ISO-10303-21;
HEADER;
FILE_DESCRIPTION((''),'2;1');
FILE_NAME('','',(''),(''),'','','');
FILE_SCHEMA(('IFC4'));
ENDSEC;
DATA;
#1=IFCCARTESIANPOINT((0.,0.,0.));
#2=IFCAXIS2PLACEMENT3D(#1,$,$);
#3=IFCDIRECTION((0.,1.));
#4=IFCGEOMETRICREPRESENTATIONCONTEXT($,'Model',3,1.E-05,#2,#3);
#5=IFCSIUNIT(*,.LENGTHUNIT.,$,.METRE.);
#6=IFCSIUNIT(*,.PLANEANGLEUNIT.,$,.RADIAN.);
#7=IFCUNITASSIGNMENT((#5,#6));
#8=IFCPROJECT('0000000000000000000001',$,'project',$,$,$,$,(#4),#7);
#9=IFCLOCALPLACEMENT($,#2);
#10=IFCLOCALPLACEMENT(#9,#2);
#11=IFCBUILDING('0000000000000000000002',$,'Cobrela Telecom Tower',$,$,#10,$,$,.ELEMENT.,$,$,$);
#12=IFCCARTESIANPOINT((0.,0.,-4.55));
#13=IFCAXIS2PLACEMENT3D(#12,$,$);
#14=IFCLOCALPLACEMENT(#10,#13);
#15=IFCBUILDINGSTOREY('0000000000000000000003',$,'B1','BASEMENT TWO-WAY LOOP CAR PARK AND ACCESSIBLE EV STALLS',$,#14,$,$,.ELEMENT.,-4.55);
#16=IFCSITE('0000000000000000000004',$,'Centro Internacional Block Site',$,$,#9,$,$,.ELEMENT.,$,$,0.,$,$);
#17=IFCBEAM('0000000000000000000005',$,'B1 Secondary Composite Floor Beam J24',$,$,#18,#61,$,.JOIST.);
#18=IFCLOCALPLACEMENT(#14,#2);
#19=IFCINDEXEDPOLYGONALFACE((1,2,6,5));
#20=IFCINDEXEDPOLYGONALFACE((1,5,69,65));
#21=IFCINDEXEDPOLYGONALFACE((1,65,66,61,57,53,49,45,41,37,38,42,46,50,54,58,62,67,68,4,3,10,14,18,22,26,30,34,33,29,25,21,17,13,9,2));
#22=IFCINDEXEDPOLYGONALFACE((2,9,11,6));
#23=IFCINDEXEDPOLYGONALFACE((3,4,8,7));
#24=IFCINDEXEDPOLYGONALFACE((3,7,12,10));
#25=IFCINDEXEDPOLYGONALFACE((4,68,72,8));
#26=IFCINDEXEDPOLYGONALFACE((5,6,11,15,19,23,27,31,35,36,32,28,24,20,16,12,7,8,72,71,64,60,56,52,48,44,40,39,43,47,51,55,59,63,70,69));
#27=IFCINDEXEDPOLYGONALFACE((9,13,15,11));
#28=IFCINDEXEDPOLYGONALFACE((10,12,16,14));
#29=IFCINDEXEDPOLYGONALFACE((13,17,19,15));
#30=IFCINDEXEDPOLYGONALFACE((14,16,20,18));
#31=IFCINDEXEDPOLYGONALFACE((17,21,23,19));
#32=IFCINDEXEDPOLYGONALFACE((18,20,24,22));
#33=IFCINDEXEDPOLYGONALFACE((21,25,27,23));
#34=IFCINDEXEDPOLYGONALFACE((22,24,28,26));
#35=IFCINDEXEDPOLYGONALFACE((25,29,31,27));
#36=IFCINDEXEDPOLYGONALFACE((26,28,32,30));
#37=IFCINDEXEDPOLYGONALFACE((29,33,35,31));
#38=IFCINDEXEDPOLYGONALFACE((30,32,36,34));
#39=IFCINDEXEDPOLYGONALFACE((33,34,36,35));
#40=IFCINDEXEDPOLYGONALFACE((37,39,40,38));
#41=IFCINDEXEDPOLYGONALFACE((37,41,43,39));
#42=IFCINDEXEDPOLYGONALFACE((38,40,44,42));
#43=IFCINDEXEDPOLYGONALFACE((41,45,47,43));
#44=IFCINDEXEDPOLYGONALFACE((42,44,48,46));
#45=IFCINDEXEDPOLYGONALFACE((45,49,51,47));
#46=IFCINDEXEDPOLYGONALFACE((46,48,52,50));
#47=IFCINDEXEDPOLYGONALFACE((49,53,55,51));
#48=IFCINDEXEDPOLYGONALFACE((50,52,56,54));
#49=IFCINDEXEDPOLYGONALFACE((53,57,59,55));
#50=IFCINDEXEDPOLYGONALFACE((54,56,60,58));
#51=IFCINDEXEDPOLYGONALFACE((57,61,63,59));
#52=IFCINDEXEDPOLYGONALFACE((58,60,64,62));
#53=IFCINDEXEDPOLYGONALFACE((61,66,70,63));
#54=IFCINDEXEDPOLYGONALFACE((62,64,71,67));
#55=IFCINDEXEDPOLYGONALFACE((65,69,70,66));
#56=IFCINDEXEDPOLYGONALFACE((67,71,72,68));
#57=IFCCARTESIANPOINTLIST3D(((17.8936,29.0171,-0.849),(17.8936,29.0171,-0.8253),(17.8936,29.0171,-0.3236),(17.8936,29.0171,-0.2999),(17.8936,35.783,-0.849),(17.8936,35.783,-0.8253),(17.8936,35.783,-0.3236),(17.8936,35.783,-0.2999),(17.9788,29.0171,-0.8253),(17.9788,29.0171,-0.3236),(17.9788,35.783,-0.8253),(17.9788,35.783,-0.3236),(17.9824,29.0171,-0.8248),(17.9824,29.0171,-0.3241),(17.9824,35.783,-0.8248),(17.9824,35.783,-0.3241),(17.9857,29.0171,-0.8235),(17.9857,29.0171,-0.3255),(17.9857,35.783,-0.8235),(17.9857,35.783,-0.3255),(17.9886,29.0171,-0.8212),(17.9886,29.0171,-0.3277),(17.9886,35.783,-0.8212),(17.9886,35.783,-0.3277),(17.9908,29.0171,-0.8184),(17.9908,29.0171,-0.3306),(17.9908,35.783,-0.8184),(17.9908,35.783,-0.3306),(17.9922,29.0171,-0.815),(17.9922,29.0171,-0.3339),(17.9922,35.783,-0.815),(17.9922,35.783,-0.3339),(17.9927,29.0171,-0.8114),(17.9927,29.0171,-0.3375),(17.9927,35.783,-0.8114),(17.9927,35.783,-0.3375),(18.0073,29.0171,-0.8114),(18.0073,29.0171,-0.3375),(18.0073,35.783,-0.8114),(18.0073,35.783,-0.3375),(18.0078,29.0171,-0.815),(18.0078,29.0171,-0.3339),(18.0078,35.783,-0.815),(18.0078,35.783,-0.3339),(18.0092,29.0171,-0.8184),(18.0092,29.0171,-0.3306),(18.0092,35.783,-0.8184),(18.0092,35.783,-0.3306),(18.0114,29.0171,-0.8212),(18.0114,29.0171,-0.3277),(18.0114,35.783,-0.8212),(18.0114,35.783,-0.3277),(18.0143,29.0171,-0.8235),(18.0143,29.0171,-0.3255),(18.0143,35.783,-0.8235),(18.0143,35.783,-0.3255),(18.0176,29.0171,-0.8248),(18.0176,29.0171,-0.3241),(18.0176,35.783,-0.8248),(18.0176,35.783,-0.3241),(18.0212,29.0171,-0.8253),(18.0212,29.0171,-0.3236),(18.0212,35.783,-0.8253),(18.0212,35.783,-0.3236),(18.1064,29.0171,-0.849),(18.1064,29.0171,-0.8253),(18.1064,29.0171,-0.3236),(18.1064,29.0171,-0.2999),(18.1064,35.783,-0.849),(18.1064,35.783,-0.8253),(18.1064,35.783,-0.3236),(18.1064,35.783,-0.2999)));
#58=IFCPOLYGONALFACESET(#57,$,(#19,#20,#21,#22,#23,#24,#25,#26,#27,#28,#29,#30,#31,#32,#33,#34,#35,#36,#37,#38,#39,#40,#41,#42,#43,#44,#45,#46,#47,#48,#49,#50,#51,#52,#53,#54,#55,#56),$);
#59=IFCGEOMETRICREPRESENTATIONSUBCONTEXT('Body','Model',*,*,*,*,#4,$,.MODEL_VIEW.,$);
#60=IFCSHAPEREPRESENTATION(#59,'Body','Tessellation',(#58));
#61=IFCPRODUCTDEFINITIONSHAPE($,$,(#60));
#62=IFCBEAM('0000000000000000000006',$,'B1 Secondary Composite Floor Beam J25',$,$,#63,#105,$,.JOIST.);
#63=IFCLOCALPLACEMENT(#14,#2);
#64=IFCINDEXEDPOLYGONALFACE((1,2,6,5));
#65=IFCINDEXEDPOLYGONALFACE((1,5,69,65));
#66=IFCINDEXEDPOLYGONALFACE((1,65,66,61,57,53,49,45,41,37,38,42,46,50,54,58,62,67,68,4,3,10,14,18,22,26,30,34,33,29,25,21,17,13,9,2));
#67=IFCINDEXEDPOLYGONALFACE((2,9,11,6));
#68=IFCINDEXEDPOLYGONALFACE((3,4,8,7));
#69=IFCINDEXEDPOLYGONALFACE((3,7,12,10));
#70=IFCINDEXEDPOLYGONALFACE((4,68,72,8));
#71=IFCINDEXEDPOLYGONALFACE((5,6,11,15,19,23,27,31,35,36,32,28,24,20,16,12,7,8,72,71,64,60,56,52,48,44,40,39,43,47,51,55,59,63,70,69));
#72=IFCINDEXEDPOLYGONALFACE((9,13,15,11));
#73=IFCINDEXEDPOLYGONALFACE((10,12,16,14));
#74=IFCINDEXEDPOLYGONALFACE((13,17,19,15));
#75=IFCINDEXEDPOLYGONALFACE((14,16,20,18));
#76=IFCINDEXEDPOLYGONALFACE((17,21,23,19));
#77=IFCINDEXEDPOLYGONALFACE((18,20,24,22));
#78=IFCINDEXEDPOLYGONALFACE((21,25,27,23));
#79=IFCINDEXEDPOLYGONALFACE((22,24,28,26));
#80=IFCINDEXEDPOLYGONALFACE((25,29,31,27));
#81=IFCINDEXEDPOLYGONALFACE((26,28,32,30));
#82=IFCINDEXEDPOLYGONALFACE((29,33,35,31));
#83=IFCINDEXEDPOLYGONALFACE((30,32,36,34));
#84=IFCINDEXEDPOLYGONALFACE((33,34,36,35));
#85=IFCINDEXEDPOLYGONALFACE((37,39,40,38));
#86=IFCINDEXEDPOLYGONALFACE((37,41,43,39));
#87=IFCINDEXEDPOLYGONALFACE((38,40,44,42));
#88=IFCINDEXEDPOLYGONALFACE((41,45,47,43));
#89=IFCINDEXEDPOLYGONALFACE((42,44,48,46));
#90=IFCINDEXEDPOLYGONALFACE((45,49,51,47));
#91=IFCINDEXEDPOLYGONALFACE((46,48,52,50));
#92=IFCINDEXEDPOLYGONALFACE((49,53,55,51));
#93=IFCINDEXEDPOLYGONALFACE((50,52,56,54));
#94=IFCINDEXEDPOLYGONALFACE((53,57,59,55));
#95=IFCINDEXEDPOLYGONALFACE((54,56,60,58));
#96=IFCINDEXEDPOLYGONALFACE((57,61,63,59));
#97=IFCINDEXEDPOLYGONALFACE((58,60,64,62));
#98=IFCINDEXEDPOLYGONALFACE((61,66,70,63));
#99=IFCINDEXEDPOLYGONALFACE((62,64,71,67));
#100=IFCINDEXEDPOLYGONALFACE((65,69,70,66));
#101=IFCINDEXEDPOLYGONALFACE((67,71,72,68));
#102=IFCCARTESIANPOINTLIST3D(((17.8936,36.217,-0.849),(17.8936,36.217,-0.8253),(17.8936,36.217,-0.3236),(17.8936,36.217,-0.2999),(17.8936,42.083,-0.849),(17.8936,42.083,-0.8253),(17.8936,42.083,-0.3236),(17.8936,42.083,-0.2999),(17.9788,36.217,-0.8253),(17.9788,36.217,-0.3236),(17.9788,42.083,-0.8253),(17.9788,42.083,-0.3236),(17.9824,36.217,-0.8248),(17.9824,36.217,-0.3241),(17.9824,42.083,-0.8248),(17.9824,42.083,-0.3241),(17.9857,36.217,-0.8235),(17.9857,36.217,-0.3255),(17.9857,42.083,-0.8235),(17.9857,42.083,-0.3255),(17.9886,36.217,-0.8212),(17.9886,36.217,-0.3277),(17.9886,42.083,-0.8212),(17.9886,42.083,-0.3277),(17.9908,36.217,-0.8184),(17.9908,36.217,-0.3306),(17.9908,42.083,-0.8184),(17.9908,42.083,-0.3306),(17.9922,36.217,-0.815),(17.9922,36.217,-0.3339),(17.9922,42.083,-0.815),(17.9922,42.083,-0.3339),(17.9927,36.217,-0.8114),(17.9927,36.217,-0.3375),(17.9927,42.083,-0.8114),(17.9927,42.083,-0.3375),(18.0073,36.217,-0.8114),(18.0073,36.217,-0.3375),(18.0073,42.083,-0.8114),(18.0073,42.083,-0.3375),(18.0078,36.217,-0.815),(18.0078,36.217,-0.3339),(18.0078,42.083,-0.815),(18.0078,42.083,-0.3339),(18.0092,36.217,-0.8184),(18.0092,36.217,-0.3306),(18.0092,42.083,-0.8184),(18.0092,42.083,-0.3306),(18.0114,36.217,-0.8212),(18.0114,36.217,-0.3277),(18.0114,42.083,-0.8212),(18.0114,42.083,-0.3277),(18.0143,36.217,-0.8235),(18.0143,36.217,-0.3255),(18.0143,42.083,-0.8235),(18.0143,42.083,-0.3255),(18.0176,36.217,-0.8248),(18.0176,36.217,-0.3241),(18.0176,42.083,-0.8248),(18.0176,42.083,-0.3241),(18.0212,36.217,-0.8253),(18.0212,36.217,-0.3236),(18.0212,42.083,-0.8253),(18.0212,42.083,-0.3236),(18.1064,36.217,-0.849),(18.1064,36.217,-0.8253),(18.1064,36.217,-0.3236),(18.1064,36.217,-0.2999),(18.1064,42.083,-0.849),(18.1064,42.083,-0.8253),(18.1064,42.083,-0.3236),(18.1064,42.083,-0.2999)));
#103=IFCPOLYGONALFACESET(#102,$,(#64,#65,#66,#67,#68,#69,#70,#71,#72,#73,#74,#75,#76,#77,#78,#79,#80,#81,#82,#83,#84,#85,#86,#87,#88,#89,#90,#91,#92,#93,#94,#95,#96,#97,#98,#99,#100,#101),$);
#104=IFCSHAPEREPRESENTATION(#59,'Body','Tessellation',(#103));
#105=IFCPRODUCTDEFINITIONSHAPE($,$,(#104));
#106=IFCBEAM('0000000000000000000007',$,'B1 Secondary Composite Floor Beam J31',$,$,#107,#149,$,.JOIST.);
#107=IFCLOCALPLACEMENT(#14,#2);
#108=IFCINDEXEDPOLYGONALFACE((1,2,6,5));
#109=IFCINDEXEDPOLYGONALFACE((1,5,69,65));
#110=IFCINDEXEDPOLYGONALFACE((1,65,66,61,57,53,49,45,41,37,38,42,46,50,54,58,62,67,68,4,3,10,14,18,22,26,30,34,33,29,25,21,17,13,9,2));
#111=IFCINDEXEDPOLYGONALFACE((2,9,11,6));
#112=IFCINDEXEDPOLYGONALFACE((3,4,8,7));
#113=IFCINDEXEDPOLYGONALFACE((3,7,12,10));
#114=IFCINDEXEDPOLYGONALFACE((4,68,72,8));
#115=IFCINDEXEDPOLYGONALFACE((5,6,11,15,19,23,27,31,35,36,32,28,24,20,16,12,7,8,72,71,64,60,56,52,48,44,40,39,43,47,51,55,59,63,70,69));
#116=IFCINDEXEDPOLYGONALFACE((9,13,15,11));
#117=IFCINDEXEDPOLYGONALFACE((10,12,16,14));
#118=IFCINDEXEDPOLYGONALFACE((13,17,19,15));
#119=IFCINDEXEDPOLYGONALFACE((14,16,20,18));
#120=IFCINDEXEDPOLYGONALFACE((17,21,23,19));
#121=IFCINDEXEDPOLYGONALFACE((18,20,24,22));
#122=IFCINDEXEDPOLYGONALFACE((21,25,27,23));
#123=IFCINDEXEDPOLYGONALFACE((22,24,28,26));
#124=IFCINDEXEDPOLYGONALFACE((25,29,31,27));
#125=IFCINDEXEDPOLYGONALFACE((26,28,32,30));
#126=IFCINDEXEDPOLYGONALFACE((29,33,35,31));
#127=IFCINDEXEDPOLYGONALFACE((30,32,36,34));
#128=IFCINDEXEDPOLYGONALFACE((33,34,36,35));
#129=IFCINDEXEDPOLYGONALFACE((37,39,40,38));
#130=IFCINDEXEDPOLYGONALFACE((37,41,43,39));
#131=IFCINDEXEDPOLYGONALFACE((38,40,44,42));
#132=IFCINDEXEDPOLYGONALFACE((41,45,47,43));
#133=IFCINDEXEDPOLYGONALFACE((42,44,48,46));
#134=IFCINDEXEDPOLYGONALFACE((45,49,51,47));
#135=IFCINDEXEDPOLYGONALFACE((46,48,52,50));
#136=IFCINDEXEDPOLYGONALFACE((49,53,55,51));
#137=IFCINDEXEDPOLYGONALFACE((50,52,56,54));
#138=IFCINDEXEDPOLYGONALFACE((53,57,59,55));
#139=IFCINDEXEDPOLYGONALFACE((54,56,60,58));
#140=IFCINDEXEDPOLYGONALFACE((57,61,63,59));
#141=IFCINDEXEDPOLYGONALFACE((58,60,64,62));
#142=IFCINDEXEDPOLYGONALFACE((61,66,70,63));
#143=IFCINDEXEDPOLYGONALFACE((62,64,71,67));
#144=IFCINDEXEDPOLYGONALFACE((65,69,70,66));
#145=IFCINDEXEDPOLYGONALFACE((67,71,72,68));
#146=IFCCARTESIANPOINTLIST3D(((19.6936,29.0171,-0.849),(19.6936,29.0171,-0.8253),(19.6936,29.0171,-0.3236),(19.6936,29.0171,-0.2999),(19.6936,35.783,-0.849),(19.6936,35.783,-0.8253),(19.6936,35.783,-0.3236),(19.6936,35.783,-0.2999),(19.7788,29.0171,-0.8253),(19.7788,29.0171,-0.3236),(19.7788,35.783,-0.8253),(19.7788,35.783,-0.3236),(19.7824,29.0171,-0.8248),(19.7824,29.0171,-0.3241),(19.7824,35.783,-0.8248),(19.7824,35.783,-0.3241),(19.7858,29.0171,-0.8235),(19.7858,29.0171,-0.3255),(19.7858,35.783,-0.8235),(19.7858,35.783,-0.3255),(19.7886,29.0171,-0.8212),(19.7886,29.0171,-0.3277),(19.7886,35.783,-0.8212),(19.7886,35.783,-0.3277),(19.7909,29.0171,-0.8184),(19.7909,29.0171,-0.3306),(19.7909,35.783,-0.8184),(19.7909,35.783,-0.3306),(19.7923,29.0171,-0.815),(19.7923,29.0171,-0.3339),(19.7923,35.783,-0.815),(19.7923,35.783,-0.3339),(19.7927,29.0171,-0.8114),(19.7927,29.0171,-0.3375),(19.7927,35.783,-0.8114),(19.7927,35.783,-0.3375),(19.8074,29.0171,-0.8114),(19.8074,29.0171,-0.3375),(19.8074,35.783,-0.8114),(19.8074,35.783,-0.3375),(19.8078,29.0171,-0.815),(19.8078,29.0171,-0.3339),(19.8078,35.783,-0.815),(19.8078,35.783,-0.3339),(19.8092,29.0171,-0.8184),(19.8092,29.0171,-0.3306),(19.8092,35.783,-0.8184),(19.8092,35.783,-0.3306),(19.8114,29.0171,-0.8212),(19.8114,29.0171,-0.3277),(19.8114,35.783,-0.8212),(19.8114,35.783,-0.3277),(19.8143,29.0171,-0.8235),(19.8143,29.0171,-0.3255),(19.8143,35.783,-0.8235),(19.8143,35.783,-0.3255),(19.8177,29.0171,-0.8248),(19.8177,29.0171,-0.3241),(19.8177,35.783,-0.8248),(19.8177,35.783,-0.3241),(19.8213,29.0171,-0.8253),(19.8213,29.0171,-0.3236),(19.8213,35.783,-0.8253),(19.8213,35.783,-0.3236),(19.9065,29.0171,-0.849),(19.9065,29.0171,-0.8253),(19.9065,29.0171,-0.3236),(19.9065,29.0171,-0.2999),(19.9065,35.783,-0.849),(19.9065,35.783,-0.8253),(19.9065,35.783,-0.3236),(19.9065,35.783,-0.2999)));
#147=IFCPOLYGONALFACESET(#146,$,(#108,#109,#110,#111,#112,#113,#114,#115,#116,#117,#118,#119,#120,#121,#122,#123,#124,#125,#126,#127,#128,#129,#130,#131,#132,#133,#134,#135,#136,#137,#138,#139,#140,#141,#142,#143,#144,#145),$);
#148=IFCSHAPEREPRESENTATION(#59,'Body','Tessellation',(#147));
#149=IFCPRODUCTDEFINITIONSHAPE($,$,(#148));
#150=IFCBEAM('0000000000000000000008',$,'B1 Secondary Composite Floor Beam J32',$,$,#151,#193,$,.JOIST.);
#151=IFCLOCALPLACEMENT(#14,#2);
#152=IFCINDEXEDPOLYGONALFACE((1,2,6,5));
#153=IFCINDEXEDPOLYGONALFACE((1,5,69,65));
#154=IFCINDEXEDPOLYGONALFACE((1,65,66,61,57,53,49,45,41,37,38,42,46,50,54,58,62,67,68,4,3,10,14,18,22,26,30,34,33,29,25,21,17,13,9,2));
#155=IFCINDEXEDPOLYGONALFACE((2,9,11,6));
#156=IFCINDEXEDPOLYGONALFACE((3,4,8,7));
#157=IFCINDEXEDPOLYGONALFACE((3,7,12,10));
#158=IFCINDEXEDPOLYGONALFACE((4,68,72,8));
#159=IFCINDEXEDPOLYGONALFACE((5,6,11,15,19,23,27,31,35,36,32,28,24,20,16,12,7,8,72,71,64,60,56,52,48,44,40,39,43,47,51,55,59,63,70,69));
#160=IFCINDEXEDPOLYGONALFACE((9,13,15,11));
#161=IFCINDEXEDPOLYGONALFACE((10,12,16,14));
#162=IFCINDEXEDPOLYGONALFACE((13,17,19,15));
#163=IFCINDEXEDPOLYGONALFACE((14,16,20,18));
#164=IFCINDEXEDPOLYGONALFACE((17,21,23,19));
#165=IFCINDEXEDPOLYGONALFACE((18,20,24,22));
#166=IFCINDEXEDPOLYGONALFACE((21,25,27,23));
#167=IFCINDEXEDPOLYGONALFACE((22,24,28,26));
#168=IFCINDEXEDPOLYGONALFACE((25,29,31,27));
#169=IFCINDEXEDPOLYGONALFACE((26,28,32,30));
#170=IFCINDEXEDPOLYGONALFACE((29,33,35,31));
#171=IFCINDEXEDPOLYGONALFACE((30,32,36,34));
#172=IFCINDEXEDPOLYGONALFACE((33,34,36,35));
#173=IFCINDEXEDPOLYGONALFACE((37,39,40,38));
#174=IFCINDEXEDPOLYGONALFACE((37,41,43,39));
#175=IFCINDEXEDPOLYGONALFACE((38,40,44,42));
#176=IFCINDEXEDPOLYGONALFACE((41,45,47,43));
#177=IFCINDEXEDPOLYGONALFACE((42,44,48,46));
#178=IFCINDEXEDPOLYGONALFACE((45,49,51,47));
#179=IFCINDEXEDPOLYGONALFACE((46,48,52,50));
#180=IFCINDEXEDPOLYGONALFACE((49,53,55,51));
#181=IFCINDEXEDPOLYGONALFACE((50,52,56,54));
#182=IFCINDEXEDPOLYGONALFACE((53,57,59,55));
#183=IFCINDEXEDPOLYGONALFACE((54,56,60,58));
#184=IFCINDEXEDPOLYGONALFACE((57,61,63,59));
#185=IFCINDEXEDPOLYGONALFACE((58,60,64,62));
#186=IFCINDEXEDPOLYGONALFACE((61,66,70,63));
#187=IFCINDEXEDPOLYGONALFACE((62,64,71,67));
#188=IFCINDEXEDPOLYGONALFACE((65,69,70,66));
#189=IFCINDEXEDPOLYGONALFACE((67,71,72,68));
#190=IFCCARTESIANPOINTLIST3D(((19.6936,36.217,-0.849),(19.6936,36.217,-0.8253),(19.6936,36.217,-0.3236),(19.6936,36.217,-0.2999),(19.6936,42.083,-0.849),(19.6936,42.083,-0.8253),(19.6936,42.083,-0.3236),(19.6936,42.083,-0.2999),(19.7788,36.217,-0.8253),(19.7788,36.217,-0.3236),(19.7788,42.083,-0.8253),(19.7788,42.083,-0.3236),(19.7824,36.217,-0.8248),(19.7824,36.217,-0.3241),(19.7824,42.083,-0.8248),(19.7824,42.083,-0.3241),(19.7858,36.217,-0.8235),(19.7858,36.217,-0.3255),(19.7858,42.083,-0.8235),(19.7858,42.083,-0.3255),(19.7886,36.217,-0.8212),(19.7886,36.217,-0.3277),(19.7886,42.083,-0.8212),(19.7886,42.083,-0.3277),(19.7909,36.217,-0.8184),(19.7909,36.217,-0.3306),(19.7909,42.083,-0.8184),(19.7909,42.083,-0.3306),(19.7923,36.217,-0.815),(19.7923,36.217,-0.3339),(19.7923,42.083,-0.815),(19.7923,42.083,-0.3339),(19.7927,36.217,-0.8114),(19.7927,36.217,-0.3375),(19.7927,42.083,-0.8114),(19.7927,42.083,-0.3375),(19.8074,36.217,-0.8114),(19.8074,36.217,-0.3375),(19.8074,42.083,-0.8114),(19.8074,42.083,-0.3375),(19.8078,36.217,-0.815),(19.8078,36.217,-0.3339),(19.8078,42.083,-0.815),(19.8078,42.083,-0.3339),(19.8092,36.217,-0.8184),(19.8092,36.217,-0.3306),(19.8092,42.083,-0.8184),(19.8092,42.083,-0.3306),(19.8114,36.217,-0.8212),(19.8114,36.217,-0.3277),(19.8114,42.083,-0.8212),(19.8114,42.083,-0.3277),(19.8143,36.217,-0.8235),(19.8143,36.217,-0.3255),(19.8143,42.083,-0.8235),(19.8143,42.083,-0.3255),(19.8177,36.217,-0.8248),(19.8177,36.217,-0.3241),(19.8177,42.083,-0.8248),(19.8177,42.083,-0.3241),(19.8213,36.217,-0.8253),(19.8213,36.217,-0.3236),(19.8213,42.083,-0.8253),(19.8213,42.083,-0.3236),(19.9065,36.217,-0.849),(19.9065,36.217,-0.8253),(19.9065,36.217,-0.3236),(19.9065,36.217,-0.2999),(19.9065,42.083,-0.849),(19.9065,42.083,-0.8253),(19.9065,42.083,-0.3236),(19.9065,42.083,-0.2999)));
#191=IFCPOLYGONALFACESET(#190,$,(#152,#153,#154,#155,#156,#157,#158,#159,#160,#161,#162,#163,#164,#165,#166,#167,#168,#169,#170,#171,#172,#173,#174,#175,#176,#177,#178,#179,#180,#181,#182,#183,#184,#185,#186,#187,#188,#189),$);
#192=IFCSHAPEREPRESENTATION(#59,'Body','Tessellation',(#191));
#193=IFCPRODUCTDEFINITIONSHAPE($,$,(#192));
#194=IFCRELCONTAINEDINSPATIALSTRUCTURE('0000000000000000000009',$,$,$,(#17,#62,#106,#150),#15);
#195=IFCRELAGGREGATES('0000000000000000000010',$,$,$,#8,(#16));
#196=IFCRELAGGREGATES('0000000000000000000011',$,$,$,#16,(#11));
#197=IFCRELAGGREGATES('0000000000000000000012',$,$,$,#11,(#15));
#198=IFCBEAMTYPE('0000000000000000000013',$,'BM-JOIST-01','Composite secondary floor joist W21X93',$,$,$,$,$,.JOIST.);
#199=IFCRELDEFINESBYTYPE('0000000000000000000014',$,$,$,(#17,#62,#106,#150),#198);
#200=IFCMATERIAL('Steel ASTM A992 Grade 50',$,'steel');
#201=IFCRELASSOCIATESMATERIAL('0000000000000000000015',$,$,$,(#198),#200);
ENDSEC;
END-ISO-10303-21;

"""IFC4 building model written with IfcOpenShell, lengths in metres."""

from ifc_helpers import new_model, si_unit, direction, frame, origin, origin_2d, place, context, subcontext, project, spatial, i_section, extrude, material, material_profile, profile_set, type_object, element, save


model = new_model("IFC4")

# Units and contexts
model_context = context("Model", 3, precision=1e-05, world=origin(), true_north=direction((0.0, 1.0)))
body_context = subcontext(model_context, "Body", "Model", "MODEL_VIEW")
ifc_project = project(units=[si_unit("LENGTHUNIT", "METRE"), si_unit("PLANEANGLEUNIT", "RADIAN")], contexts=[model_context])

# Site, building, storey
site_placement = place(None, origin())
site = spatial("IfcSite", under=ifc_project, at=site_placement, Name="Centro Internacional Block Site", CompositionType="ELEMENT", RefElevation=0.0)
building_placement = place(site_placement, origin())
building = spatial("IfcBuilding", under=site, at=building_placement, Name="Cobrela Telecom Tower", CompositionType="ELEMENT")
storey_placement = place(building_placement, frame((0.0, 0.0, -4.55)))
storey = spatial("IfcBuildingStorey", under=building, at=storey_placement, Name="B1", Description="BASEMENT TWO-WAY LOOP CAR PARK AND ACCESSIBLE EV STALLS", CompositionType="ELEMENT", Elevation=-4.55)

# Beams
ifc_material_1 = material(Name="Steel ASTM A992 Grade 50", Category="steel")
ifc_material_profile_1 = material_profile(ifc_material_1, i_section(OverallWidth=0.2129, OverallDepth=0.5491, WebThickness=0.0146, FlangeThickness=0.0237, FilletRadius=0.0139, at=origin_2d()), Name="W21X93")
ifc_profile_set_1 = profile_set([ifc_material_profile_1], Name="Steel ASTM A992 Grade 50")
beam_type_1 = type_object("IfcBeamType", Name="BM-JOIST-01", Description="Composite secondary floor joist W21X93", PredefinedType="JOIST", material=ifc_profile_set_1)
beam_1_placement = place(storey_placement, frame((18.0, 29.0171, -0.5745), z_axis=(0.0, 1.0, 0.0), x_axis=(-1.0, 0.0, 0.0)))
element("IfcBeam", 1, at=beam_1_placement, inside=storey, type_object=beam_type_1, Name="B1 Secondary Composite Floor Beam J24", PredefinedType="JOIST", context=body_context, shape_type="SweptSolid", body=[
    extrude(i_section(OverallWidth=0.2129, OverallDepth=0.5491, WebThickness=0.0146, FlangeThickness=0.0237, FilletRadius=0.0139, at=origin_2d()), origin(), (0.0, 0.0, 1.0), 6.7659),
])
beam_2_placement = place(storey_placement, frame((18.0, 36.217, -0.5745), z_axis=(0.0, 1.0, 0.0), x_axis=(-1.0, 0.0, 0.0)))
element("IfcBeam", 2, at=beam_2_placement, inside=storey, type_object=beam_type_1, Name="B1 Secondary Composite Floor Beam J25", PredefinedType="JOIST", context=body_context, shape_type="SweptSolid", body=[
    extrude(i_section(OverallWidth=0.2129, OverallDepth=0.5491, WebThickness=0.0146, FlangeThickness=0.0237, FilletRadius=0.0139, at=origin_2d()), origin(), (0.0, 0.0, 1.0), 5.866),
])
beam_3_placement = place(storey_placement, frame((19.8, 29.0171, -0.5745), z_axis=(0.0, 1.0, 0.0), x_axis=(-1.0, 0.0, 0.0)))
element("IfcBeam", 3, at=beam_3_placement, inside=storey, type_object=beam_type_1, Name="B1 Secondary Composite Floor Beam J31", PredefinedType="JOIST", context=body_context, shape_type="SweptSolid", body=[
    extrude(i_section(OverallWidth=0.2129, OverallDepth=0.5491, WebThickness=0.0146, FlangeThickness=0.0237, FilletRadius=0.0139, at=origin_2d()), origin(), (0.0, 0.0, 1.0), 6.7659),
])
beam_4_placement = place(storey_placement, frame((19.8, 36.217, -0.5745), z_axis=(0.0, 1.0, 0.0), x_axis=(-1.0, 0.0, 0.0)))
element("IfcBeam", 4, at=beam_4_placement, inside=storey, type_object=beam_type_1, Name="B1 Secondary Composite Floor Beam J32", PredefinedType="JOIST", context=body_context, shape_type="SweptSolid", body=[
    extrude(i_section(OverallWidth=0.2129, OverallDepth=0.5491, WebThickness=0.0146, FlangeThickness=0.0237, FilletRadius=0.0139, at=origin_2d()), origin(), (0.0, 0.0, 1.0), 5.866),
])

save(model, "model.ifc")
